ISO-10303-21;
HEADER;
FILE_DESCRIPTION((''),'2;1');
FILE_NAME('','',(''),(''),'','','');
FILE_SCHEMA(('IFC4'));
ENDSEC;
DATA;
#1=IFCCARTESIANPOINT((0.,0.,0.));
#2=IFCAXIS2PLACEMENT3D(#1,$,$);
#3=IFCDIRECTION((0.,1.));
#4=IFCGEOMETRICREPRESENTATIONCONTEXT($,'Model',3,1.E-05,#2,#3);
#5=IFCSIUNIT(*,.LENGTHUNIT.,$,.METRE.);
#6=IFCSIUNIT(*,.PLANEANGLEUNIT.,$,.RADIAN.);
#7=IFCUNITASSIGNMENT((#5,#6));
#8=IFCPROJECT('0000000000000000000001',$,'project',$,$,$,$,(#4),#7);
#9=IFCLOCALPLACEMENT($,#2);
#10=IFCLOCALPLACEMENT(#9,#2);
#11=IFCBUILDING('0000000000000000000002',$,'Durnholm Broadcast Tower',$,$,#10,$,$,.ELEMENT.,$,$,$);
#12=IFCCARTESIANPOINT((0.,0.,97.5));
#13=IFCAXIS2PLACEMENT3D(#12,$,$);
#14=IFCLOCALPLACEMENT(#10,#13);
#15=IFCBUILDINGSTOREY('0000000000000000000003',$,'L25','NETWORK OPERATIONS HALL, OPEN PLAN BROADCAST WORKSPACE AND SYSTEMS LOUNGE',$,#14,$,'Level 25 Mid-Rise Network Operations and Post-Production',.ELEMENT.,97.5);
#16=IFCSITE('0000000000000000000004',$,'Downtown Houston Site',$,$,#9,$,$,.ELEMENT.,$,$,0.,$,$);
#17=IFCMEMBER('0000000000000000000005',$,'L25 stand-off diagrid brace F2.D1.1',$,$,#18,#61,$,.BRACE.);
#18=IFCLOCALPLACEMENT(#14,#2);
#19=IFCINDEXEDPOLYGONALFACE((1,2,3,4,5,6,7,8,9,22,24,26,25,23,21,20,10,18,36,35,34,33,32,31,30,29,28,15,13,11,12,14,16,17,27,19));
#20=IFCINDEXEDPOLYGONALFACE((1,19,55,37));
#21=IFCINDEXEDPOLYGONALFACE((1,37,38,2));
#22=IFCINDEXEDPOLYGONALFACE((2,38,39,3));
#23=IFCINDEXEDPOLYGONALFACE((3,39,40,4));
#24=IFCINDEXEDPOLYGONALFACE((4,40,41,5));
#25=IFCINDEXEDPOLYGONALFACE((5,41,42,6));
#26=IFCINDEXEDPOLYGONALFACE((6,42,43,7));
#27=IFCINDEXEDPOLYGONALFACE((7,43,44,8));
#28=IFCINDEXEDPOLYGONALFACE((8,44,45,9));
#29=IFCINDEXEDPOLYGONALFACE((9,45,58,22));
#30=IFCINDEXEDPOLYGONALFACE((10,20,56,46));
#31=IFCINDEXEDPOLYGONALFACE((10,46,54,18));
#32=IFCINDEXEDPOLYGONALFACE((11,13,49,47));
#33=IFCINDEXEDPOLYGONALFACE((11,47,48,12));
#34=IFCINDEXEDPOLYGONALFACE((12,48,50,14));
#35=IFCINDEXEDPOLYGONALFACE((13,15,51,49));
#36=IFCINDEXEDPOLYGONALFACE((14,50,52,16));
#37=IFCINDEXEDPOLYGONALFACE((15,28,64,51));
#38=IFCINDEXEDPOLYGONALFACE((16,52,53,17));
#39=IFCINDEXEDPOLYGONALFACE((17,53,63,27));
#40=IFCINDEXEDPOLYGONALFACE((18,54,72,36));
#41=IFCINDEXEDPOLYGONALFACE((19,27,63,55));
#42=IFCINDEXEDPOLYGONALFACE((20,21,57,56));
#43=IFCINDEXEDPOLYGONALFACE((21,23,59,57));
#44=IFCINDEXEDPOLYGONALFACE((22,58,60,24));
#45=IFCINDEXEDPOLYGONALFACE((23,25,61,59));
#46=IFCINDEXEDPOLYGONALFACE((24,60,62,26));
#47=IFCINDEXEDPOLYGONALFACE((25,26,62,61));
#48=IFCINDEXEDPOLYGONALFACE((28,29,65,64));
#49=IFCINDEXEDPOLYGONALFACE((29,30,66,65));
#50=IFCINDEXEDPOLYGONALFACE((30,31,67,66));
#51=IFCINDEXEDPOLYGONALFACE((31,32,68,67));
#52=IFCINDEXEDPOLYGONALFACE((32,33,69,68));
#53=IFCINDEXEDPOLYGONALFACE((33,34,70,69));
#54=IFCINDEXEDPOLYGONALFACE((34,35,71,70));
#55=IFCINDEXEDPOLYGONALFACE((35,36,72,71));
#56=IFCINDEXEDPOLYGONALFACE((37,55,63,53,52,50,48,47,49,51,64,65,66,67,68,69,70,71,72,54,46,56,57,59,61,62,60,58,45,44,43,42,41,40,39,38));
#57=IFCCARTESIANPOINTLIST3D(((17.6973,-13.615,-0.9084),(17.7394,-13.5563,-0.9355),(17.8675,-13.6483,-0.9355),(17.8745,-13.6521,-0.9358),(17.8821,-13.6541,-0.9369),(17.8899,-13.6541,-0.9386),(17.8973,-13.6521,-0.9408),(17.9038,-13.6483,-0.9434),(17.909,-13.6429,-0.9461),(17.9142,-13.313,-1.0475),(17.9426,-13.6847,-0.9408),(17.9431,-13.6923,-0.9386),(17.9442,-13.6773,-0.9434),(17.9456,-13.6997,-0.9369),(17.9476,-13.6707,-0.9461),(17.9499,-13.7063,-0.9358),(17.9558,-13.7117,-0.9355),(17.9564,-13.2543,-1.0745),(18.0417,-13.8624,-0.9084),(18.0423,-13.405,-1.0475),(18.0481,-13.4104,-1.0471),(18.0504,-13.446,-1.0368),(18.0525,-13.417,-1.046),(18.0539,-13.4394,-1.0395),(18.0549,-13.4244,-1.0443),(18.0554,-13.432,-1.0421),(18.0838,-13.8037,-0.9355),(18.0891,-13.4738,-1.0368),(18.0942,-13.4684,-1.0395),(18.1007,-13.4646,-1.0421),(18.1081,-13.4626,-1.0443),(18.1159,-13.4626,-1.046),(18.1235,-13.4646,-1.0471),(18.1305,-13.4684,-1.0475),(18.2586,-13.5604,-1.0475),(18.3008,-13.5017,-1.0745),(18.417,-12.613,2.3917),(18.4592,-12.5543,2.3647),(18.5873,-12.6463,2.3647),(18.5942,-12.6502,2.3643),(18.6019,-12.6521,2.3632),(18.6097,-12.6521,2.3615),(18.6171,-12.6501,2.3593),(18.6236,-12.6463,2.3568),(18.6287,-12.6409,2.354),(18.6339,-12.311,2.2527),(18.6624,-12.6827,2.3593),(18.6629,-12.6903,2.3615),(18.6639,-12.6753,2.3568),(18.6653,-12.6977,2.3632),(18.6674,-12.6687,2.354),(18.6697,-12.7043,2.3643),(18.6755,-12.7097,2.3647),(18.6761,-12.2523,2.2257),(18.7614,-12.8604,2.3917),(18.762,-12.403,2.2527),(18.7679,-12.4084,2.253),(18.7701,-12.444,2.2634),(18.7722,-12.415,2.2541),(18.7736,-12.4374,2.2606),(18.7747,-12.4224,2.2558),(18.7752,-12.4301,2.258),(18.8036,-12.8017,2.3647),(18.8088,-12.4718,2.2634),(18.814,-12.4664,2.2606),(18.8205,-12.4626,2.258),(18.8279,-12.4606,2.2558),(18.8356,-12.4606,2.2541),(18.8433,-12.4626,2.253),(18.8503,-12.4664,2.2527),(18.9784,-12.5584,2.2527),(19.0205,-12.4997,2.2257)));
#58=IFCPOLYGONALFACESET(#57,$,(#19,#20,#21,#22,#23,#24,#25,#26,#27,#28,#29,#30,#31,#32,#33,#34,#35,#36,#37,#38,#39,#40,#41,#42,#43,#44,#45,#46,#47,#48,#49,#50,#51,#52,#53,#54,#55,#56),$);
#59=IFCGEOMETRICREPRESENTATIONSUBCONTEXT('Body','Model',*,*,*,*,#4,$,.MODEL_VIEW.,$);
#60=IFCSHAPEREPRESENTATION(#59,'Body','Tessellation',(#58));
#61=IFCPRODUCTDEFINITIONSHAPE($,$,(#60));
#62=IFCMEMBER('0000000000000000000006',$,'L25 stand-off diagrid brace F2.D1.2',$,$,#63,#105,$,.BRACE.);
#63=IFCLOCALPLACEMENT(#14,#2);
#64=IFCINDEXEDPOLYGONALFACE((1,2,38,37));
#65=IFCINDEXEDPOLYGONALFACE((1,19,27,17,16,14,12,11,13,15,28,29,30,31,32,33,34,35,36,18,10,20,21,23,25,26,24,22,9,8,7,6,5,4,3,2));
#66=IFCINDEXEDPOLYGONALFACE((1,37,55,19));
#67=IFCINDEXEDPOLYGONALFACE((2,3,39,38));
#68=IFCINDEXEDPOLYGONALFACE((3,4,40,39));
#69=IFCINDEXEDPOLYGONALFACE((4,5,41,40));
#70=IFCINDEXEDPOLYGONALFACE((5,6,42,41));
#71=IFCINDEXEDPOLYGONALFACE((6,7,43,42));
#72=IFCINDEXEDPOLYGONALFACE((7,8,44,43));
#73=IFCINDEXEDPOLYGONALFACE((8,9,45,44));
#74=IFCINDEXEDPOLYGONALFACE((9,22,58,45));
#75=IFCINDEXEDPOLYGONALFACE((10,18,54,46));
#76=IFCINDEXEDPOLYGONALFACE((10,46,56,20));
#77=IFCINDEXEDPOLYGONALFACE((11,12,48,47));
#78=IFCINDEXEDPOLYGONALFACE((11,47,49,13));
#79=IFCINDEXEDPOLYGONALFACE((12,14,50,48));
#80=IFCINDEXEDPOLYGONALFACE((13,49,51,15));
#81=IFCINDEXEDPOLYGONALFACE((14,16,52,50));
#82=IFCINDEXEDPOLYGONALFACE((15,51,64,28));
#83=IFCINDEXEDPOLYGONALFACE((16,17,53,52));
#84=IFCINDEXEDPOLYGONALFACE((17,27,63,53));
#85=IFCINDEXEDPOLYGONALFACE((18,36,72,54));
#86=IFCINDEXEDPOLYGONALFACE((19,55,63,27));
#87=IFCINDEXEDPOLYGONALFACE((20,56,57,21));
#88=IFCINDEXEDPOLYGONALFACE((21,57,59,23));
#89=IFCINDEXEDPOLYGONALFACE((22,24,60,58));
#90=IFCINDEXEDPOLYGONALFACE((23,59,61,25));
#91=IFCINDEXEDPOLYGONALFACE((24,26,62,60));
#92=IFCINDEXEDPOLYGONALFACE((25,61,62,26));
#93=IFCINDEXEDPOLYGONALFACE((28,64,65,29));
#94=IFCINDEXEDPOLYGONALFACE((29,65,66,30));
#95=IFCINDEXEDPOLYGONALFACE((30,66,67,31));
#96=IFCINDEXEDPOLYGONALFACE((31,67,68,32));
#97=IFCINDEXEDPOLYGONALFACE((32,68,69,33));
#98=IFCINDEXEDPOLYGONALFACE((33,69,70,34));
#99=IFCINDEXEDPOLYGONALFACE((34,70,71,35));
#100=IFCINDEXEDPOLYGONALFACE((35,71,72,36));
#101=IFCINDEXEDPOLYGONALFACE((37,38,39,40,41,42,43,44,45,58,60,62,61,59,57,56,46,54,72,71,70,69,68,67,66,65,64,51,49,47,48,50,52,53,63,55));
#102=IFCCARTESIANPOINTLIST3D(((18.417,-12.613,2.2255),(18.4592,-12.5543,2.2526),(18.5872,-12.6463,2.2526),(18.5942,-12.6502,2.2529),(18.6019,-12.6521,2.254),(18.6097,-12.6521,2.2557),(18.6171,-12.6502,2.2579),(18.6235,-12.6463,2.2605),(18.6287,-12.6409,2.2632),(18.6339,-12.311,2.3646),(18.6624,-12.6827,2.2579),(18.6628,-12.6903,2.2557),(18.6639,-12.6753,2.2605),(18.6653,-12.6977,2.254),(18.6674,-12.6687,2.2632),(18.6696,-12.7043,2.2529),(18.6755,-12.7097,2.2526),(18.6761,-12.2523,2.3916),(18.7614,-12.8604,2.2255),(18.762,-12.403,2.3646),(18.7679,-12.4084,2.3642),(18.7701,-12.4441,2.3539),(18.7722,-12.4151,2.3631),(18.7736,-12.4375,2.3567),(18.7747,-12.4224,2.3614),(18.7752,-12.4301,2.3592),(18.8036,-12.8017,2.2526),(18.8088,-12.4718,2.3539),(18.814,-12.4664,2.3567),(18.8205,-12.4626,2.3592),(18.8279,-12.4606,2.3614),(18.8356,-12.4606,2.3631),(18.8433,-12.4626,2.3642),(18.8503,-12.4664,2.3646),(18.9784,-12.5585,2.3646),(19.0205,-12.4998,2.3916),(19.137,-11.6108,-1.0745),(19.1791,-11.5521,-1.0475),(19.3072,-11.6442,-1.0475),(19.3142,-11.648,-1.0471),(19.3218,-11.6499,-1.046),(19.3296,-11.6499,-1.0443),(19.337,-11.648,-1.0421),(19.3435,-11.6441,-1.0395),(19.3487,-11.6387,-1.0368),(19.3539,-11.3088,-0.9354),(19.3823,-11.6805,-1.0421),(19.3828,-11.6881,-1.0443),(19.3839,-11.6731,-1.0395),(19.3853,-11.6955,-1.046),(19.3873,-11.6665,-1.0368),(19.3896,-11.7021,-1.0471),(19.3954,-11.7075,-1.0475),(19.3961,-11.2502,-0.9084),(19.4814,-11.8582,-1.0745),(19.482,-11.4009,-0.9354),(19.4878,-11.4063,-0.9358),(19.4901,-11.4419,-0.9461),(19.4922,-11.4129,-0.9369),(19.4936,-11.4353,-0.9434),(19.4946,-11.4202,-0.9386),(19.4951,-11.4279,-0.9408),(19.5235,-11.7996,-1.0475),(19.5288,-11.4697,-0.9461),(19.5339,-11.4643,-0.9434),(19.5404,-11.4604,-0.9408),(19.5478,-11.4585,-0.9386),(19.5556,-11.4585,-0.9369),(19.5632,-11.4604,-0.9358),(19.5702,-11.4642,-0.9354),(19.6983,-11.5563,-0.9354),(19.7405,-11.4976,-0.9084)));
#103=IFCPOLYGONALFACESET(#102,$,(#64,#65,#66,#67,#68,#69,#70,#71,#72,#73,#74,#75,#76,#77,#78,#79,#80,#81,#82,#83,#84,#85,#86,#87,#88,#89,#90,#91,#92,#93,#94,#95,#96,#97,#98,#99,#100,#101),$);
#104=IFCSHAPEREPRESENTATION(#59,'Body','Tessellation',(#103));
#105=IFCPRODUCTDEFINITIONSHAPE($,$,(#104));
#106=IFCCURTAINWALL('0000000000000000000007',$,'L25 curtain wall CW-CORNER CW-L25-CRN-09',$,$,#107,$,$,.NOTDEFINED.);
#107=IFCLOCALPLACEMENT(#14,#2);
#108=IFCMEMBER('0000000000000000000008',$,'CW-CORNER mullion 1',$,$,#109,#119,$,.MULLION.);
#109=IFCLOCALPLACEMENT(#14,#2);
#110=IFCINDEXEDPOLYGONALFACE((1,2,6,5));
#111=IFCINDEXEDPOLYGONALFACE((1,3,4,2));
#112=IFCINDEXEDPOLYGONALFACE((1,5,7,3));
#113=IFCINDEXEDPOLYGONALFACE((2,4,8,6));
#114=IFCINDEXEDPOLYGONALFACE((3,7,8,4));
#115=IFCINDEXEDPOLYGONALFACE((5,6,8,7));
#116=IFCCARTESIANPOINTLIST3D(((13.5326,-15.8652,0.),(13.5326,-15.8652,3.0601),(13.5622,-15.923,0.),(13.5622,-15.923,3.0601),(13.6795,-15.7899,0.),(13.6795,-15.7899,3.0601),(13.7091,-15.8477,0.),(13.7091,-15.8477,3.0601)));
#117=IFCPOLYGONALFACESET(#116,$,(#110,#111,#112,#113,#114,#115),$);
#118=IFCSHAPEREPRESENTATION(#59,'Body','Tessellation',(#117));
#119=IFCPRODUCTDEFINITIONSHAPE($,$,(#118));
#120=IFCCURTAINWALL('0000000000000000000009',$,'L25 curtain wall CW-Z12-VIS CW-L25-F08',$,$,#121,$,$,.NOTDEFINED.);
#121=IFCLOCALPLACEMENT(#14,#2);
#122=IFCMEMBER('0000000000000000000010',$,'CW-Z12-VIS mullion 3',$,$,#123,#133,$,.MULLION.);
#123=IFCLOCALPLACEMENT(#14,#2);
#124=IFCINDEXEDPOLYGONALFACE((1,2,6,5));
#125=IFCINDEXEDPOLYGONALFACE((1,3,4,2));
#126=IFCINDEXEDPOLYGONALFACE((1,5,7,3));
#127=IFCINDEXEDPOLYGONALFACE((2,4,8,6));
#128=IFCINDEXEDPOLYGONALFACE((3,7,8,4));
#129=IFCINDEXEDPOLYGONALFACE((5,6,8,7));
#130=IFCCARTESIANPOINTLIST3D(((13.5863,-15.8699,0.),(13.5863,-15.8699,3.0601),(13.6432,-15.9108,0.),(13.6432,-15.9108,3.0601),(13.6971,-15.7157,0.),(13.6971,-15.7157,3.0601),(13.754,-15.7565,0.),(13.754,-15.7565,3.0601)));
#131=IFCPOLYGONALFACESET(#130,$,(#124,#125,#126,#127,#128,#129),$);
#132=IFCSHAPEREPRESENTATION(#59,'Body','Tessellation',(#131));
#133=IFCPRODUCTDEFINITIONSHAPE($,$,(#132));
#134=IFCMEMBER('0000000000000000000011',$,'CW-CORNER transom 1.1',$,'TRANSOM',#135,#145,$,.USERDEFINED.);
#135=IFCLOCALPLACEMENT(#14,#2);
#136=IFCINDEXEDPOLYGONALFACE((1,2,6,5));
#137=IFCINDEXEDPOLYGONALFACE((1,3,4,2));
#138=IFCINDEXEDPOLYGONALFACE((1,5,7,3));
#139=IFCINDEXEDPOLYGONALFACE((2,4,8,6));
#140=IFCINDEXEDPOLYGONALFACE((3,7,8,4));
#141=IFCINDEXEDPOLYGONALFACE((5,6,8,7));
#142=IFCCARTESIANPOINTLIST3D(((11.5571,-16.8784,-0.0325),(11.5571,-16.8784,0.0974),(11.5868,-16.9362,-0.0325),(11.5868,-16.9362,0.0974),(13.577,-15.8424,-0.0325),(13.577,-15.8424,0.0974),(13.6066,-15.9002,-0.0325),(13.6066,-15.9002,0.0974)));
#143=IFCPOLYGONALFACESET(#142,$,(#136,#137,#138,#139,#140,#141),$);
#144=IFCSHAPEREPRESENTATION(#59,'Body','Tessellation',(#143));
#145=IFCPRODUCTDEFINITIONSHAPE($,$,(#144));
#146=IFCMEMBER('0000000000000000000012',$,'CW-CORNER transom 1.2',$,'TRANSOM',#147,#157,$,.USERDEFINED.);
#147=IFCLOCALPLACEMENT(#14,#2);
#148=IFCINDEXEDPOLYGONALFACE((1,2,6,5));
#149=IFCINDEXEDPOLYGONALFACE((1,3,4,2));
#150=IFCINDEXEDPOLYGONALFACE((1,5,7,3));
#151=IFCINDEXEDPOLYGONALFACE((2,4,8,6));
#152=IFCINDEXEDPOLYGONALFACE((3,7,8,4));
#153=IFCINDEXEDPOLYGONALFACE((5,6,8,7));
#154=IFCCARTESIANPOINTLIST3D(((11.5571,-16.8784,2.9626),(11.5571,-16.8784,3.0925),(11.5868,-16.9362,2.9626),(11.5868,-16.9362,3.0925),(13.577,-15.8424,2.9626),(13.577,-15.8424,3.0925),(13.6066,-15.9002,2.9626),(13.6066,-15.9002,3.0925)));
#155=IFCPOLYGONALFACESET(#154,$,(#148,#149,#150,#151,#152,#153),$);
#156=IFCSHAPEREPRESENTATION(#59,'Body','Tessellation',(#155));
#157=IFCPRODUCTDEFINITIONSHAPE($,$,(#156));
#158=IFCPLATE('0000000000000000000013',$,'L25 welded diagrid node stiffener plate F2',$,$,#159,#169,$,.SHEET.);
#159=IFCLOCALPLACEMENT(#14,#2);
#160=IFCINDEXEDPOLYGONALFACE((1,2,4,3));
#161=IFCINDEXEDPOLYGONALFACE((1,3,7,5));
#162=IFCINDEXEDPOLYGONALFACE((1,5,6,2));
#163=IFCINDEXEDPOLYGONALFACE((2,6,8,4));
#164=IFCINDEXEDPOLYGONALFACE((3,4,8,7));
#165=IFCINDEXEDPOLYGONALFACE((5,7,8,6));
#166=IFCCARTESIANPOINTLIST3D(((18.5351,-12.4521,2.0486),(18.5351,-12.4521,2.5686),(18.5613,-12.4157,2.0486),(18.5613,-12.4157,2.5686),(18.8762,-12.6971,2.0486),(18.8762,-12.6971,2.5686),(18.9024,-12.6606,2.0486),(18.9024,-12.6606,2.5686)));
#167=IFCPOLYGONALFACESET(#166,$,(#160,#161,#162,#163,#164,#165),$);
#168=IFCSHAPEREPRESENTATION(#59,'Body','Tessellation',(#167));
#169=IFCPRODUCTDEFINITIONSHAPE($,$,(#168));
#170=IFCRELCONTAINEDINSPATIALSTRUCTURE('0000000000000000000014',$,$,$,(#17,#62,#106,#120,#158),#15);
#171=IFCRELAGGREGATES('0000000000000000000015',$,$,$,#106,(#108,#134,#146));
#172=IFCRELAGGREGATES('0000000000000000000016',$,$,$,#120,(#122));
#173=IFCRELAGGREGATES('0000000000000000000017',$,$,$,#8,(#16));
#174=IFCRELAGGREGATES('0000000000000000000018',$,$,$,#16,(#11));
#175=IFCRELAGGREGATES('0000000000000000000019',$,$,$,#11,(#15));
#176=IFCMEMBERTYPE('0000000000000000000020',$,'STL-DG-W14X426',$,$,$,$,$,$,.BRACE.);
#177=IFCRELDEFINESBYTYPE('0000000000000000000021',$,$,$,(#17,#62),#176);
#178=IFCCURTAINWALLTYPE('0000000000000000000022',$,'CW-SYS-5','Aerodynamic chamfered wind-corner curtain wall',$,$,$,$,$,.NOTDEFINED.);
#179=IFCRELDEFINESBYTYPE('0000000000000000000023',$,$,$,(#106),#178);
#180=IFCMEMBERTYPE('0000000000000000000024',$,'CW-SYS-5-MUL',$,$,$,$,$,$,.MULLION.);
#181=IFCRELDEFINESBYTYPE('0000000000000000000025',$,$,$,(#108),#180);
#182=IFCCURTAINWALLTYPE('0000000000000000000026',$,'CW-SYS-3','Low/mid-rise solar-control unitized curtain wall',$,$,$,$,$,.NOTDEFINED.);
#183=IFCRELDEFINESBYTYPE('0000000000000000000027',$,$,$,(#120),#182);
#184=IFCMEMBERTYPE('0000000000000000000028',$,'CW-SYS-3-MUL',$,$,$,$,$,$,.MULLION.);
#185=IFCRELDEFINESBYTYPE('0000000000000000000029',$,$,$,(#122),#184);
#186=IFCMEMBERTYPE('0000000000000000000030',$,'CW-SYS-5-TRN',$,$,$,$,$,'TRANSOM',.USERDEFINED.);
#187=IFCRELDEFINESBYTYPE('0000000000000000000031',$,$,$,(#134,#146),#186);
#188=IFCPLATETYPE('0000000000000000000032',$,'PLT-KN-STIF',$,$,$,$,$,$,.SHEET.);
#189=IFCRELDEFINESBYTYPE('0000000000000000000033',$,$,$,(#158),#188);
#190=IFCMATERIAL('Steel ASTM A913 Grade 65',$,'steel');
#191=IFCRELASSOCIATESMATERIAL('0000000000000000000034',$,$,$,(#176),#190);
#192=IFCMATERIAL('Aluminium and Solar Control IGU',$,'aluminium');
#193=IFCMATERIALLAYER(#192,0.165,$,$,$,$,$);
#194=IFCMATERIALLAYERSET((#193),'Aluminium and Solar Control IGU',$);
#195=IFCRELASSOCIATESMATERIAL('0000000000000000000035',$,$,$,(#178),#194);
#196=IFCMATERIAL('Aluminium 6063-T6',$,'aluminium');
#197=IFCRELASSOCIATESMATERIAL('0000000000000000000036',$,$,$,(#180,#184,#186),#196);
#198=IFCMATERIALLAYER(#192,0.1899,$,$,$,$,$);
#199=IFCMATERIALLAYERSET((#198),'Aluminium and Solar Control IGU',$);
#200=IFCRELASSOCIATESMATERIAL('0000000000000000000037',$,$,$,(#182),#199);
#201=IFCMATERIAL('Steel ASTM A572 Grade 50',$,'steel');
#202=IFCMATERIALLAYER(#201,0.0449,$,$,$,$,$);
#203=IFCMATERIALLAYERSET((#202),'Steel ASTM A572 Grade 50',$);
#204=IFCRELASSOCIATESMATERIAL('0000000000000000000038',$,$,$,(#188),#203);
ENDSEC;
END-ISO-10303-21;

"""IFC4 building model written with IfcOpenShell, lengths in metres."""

from ifc_helpers import new_model, si_unit, direction, frame, origin, origin_2d, place, context, subcontext, project, spatial, rectangle, i_section, extrude, source, transform, mapped, material, layer, layer_set, material_profile, profile_set, type_object, type_shapes, element, aggregate, save


model = new_model("IFC4")

# Units and contexts
model_context = context("Model", 3, precision=1e-05, world=origin(), true_north=direction((0.0, 1.0)))
body_context = subcontext(model_context, "Body", "Model", "MODEL_VIEW")
ifc_project = project(units=[si_unit("LENGTHUNIT", "METRE"), si_unit("PLANEANGLEUNIT", "RADIAN")], contexts=[model_context])

# Site, building, storey
site_placement = place(None, origin())
site = spatial("IfcSite", under=ifc_project, at=site_placement, Name="Downtown Houston Site", CompositionType="ELEMENT", RefElevation=0.0)
building_placement = place(site_placement, origin())
building = spatial("IfcBuilding", under=site, at=building_placement, Name="Durnholm Broadcast Tower", CompositionType="ELEMENT")
storey_placement = place(building_placement, frame((0.0, 0.0, 97.5)))
storey = spatial("IfcBuildingStorey", under=building, at=storey_placement, Name="L25", Description="NETWORK OPERATIONS HALL, OPEN PLAN BROADCAST WORKSPACE AND SYSTEMS LOUNGE", LongName="Level 25 Mid-Rise Network Operations and Post-Production", CompositionType="ELEMENT", Elevation=97.5)

# Members
ifc_material_1 = material(Name="Steel ASTM A913 Grade 65", Category="steel")
ifc_material_profile_1 = material_profile(ifc_material_1, i_section(OverallWidth=0.4241, OverallDepth=0.4741, WebThickness=0.0476, FlangeThickness=0.0771, FilletRadius=0.0305, at=origin_2d()), Name="W14X426")
ifc_profile_set_1 = profile_set([ifc_material_profile_1], Name="Steel ASTM A913 Grade 65")
member_type_1 = type_object("IfcMemberType", Name="STL-DG-W14X426", PredefinedType="BRACE", material=ifc_profile_set_1)
shared_shape_1 = source(origin(), body_context, "Body", "SweptSolid", [
    extrude(i_section(OverallWidth=0.4241, OverallDepth=0.4741, WebThickness=0.0476, FlangeThickness=0.0771, FilletRadius=0.0305, at=origin_2d()), origin(), (0.0, 0.0, 1.0), 3.5232),
])
type_shapes(member_type_1, [shared_shape_1])
for number, where, z_axis, x_axis, name in (
    (1, (17.999, -13.5583, -0.9915), (0.204288, 0.284395, 0.936689), (-0.812179, 0.583408, 0.0), "L25 stand-off diagrid brace F2.D1.1"),
    (2, (19.4387, -11.5542, -0.9915), (-0.20435, -0.284455, 0.936657), (0.812153, -0.583444, 0.0), "L25 stand-off diagrid brace F2.D1.2"),
):
    element("IfcMember", number, at=place(storey_placement, frame(where, z_axis=z_axis, x_axis=x_axis)), inside=storey, type_object=member_type_1, Name=name, PredefinedType="BRACE", context=body_context, shape_type="MappedRepresentation", body=[
        mapped(shared_shape_1, transform((0.0, 0.0, 0.0), x_axis=(1.0, 0.0, 0.0), y_axis=(0.0, 1.0, 0.0), z_axis=(0.0, 0.0, 1.0), scale=1.0)),
    ])

# Curtain walls, members
ifc_material_2 = material(Name="Aluminium and Solar Control IGU", Category="aluminium")
ifc_layer_1 = layer(ifc_material_2, 0.165)
ifc_layer_set_1 = layer_set([ifc_layer_1], Name="Aluminium and Solar Control IGU")
curtain_wall_type_1 = type_object("IfcCurtainWallType", Name="CW-SYS-5", Description="Aerodynamic chamfered wind-corner curtain wall", PredefinedType="NOTDEFINED", material=ifc_layer_set_1)
curtain_wall_1_placement = place(storey_placement, origin())
curtain_wall_1 = element("IfcCurtainWall", 3, at=curtain_wall_1_placement, inside=storey, type_object=curtain_wall_type_1, Name="L25 curtain wall CW-CORNER CW-L25-CRN-09", PredefinedType="NOTDEFINED")
ifc_material_3 = material(Name="Aluminium 6063-T6", Category="aluminium")
ifc_material_profile_2 = material_profile(ifc_material_3, rectangle(XDim=0.0649, YDim=0.165, at=origin_2d()), Name="CWM65X165")
ifc_profile_set_2 = profile_set([ifc_material_profile_2], Name="Aluminium 6063-T6")
member_type_2 = type_object("IfcMemberType", Name="CW-SYS-5-MUL", PredefinedType="MULLION", material=ifc_profile_set_2)
shared_shape_2 = source(origin(), body_context, "Body", "SweptSolid", [
    extrude(rectangle(XDim=0.0649, YDim=0.165, at=origin_2d()), origin(), (0.0, 0.0, 1.0), 3.0601),
])
type_shapes(member_type_2, [shared_shape_2])
member_1_placement = place(storey_placement, frame((13.6208, -15.8564, 0.0), z_axis=(0.0, 0.0, 1.0), x_axis=(0.456373, -0.889788, 0.0)))
member_1 = element("IfcMember", 4, at=member_1_placement, type_object=member_type_2, Name="CW-CORNER mullion 1", PredefinedType="MULLION", context=body_context, shape_type="MappedRepresentation", body=[
    mapped(shared_shape_2, transform((0.0, 0.0, 0.0), x_axis=(1.0, 0.0, 0.0), y_axis=(0.0, 1.0, 0.0), z_axis=(0.0, 0.0, 1.0), scale=1.0)),
])
ifc_layer_2 = layer(ifc_material_2, 0.1899)
ifc_layer_set_2 = layer_set([ifc_layer_2], Name="Aluminium and Solar Control IGU")
curtain_wall_type_2 = type_object("IfcCurtainWallType", Name="CW-SYS-3", Description="Low/mid-rise solar-control unitized curtain wall", PredefinedType="NOTDEFINED", material=ifc_layer_set_2)
curtain_wall_2_placement = place(storey_placement, origin())
curtain_wall_2 = element("IfcCurtainWall", 5, at=curtain_wall_2_placement, inside=storey, type_object=curtain_wall_type_2, Name="L25 curtain wall CW-Z12-VIS CW-L25-F08", PredefinedType="NOTDEFINED")
ifc_material_profile_3 = material_profile(ifc_material_3, rectangle(XDim=0.0701, YDim=0.1899, at=origin_2d()), Name="CWM70X190")
ifc_profile_set_3 = profile_set([ifc_material_profile_3], Name="Aluminium 6063-T6")
member_type_3 = type_object("IfcMemberType", Name="CW-SYS-3-MUL", PredefinedType="MULLION", material=ifc_profile_set_3)
shared_shape_3 = source(origin(), body_context, "Body", "SweptSolid", [
    extrude(rectangle(XDim=0.0701, YDim=0.1899, at=origin_2d()), origin(), (0.0, 0.0, 1.0), 3.0601),
])
type_shapes(member_type_3, [shared_shape_3])
member_2_placement = place(storey_placement, frame((13.6702, -15.8132, 0.0), z_axis=(0.0, 0.0, 1.0), x_axis=(0.812152, -0.583445, 0.0)))
member_2 = element("IfcMember", 6, at=member_2_placement, type_object=member_type_3, Name="CW-Z12-VIS mullion 3", PredefinedType="MULLION", context=body_context, shape_type="MappedRepresentation", body=[
    mapped(shared_shape_3, transform((0.0, 0.0, 0.0), x_axis=(1.0, 0.0, 0.0), y_axis=(0.0, 1.0, 0.0), z_axis=(0.0, 0.0, 1.0), scale=1.0)),
])

# Members
ifc_material_profile_4 = material_profile(ifc_material_3, rectangle(XDim=0.0649, YDim=0.1299, at=origin_2d()), Name="CWT65X130")
ifc_profile_set_4 = profile_set([ifc_material_profile_4], Name="Aluminium 6063-T6")
member_type_4 = type_object("IfcMemberType", Name="CW-SYS-5-TRN", ElementType="TRANSOM", PredefinedType="USERDEFINED", material=ifc_profile_set_4)
shared_shape_4 = source(origin(), body_context, "Body", "SweptSolid", [
    extrude(rectangle(XDim=0.0649, YDim=0.1299, at=origin_2d()), origin(), (0.0, 0.0, 1.0), 2.27),
])
type_shapes(member_type_4, [shared_shape_4])
member_3_placement = place(storey_placement, frame((13.5918, -15.8713, 0.0325), z_axis=(-0.889798, -0.456354, 0.0), x_axis=(0.456354, -0.889798, 0.0)))
member_3 = element("IfcMember", 7, at=member_3_placement, type_object=member_type_4, Name="CW-CORNER transom 1.1", ObjectType="TRANSOM", PredefinedType="USERDEFINED", context=body_context, shape_type="MappedRepresentation", body=[
    mapped(shared_shape_4, transform((0.0, 0.0, 0.0), x_axis=(1.0, 0.0, 0.0), y_axis=(0.0, 1.0, 0.0), z_axis=(0.0, 0.0, 1.0), scale=1.0)),
])
member_4_placement = place(storey_placement, frame((13.5918, -15.8713, 3.0276), z_axis=(-0.889798, -0.456354, 0.0), x_axis=(0.456354, -0.889798, 0.0)))
member_4 = element("IfcMember", 8, at=member_4_placement, type_object=member_type_4, Name="CW-CORNER transom 1.2", ObjectType="TRANSOM", PredefinedType="USERDEFINED", context=body_context, shape_type="MappedRepresentation", body=[
    mapped(shared_shape_4, transform((0.0, 0.0, 0.0), x_axis=(1.0, 0.0, 0.0), y_axis=(0.0, 1.0, 0.0), z_axis=(0.0, 0.0, 1.0), scale=1.0)),
])

# Plate
ifc_material_4 = material(Name="Steel ASTM A572 Grade 50", Category="steel")
ifc_layer_3 = layer(ifc_material_4, 0.0449)
ifc_layer_set_3 = layer_set([ifc_layer_3], Name="Steel ASTM A572 Grade 50")
plate_type_1 = type_object("IfcPlateType", Name="PLT-KN-STIF", PredefinedType="SHEET", material=ifc_layer_set_3)
shared_shape_5 = source(origin(), body_context, "Body", "SweptSolid", [
    extrude(rectangle(XDim=0.0449, YDim=0.4199, at=origin_2d()), origin(), (0.0, 0.0, 1.0), 0.52),
])
type_shapes(plate_type_1, [shared_shape_5])
plate_1_placement = place(storey_placement, frame((18.7188, -12.5564, 2.0486), z_axis=(0.0, 0.0, 1.0), x_axis=(0.583399, 0.812185, 0.0)))
element("IfcPlate", 9, at=plate_1_placement, inside=storey, type_object=plate_type_1, Name="L25 welded diagrid node stiffener plate F2", PredefinedType="SHEET", context=body_context, shape_type="MappedRepresentation", body=[
    mapped(shared_shape_5, transform((0.0, 0.0, 0.0), x_axis=(1.0, 0.0, 0.0), y_axis=(0.0, 1.0, 0.0), z_axis=(0.0, 0.0, 1.0), scale=1.0)),
])

aggregate(curtain_wall_1, [member_1, member_3, member_4])
aggregate(curtain_wall_2, [member_2])

save(model, "model.ifc")
